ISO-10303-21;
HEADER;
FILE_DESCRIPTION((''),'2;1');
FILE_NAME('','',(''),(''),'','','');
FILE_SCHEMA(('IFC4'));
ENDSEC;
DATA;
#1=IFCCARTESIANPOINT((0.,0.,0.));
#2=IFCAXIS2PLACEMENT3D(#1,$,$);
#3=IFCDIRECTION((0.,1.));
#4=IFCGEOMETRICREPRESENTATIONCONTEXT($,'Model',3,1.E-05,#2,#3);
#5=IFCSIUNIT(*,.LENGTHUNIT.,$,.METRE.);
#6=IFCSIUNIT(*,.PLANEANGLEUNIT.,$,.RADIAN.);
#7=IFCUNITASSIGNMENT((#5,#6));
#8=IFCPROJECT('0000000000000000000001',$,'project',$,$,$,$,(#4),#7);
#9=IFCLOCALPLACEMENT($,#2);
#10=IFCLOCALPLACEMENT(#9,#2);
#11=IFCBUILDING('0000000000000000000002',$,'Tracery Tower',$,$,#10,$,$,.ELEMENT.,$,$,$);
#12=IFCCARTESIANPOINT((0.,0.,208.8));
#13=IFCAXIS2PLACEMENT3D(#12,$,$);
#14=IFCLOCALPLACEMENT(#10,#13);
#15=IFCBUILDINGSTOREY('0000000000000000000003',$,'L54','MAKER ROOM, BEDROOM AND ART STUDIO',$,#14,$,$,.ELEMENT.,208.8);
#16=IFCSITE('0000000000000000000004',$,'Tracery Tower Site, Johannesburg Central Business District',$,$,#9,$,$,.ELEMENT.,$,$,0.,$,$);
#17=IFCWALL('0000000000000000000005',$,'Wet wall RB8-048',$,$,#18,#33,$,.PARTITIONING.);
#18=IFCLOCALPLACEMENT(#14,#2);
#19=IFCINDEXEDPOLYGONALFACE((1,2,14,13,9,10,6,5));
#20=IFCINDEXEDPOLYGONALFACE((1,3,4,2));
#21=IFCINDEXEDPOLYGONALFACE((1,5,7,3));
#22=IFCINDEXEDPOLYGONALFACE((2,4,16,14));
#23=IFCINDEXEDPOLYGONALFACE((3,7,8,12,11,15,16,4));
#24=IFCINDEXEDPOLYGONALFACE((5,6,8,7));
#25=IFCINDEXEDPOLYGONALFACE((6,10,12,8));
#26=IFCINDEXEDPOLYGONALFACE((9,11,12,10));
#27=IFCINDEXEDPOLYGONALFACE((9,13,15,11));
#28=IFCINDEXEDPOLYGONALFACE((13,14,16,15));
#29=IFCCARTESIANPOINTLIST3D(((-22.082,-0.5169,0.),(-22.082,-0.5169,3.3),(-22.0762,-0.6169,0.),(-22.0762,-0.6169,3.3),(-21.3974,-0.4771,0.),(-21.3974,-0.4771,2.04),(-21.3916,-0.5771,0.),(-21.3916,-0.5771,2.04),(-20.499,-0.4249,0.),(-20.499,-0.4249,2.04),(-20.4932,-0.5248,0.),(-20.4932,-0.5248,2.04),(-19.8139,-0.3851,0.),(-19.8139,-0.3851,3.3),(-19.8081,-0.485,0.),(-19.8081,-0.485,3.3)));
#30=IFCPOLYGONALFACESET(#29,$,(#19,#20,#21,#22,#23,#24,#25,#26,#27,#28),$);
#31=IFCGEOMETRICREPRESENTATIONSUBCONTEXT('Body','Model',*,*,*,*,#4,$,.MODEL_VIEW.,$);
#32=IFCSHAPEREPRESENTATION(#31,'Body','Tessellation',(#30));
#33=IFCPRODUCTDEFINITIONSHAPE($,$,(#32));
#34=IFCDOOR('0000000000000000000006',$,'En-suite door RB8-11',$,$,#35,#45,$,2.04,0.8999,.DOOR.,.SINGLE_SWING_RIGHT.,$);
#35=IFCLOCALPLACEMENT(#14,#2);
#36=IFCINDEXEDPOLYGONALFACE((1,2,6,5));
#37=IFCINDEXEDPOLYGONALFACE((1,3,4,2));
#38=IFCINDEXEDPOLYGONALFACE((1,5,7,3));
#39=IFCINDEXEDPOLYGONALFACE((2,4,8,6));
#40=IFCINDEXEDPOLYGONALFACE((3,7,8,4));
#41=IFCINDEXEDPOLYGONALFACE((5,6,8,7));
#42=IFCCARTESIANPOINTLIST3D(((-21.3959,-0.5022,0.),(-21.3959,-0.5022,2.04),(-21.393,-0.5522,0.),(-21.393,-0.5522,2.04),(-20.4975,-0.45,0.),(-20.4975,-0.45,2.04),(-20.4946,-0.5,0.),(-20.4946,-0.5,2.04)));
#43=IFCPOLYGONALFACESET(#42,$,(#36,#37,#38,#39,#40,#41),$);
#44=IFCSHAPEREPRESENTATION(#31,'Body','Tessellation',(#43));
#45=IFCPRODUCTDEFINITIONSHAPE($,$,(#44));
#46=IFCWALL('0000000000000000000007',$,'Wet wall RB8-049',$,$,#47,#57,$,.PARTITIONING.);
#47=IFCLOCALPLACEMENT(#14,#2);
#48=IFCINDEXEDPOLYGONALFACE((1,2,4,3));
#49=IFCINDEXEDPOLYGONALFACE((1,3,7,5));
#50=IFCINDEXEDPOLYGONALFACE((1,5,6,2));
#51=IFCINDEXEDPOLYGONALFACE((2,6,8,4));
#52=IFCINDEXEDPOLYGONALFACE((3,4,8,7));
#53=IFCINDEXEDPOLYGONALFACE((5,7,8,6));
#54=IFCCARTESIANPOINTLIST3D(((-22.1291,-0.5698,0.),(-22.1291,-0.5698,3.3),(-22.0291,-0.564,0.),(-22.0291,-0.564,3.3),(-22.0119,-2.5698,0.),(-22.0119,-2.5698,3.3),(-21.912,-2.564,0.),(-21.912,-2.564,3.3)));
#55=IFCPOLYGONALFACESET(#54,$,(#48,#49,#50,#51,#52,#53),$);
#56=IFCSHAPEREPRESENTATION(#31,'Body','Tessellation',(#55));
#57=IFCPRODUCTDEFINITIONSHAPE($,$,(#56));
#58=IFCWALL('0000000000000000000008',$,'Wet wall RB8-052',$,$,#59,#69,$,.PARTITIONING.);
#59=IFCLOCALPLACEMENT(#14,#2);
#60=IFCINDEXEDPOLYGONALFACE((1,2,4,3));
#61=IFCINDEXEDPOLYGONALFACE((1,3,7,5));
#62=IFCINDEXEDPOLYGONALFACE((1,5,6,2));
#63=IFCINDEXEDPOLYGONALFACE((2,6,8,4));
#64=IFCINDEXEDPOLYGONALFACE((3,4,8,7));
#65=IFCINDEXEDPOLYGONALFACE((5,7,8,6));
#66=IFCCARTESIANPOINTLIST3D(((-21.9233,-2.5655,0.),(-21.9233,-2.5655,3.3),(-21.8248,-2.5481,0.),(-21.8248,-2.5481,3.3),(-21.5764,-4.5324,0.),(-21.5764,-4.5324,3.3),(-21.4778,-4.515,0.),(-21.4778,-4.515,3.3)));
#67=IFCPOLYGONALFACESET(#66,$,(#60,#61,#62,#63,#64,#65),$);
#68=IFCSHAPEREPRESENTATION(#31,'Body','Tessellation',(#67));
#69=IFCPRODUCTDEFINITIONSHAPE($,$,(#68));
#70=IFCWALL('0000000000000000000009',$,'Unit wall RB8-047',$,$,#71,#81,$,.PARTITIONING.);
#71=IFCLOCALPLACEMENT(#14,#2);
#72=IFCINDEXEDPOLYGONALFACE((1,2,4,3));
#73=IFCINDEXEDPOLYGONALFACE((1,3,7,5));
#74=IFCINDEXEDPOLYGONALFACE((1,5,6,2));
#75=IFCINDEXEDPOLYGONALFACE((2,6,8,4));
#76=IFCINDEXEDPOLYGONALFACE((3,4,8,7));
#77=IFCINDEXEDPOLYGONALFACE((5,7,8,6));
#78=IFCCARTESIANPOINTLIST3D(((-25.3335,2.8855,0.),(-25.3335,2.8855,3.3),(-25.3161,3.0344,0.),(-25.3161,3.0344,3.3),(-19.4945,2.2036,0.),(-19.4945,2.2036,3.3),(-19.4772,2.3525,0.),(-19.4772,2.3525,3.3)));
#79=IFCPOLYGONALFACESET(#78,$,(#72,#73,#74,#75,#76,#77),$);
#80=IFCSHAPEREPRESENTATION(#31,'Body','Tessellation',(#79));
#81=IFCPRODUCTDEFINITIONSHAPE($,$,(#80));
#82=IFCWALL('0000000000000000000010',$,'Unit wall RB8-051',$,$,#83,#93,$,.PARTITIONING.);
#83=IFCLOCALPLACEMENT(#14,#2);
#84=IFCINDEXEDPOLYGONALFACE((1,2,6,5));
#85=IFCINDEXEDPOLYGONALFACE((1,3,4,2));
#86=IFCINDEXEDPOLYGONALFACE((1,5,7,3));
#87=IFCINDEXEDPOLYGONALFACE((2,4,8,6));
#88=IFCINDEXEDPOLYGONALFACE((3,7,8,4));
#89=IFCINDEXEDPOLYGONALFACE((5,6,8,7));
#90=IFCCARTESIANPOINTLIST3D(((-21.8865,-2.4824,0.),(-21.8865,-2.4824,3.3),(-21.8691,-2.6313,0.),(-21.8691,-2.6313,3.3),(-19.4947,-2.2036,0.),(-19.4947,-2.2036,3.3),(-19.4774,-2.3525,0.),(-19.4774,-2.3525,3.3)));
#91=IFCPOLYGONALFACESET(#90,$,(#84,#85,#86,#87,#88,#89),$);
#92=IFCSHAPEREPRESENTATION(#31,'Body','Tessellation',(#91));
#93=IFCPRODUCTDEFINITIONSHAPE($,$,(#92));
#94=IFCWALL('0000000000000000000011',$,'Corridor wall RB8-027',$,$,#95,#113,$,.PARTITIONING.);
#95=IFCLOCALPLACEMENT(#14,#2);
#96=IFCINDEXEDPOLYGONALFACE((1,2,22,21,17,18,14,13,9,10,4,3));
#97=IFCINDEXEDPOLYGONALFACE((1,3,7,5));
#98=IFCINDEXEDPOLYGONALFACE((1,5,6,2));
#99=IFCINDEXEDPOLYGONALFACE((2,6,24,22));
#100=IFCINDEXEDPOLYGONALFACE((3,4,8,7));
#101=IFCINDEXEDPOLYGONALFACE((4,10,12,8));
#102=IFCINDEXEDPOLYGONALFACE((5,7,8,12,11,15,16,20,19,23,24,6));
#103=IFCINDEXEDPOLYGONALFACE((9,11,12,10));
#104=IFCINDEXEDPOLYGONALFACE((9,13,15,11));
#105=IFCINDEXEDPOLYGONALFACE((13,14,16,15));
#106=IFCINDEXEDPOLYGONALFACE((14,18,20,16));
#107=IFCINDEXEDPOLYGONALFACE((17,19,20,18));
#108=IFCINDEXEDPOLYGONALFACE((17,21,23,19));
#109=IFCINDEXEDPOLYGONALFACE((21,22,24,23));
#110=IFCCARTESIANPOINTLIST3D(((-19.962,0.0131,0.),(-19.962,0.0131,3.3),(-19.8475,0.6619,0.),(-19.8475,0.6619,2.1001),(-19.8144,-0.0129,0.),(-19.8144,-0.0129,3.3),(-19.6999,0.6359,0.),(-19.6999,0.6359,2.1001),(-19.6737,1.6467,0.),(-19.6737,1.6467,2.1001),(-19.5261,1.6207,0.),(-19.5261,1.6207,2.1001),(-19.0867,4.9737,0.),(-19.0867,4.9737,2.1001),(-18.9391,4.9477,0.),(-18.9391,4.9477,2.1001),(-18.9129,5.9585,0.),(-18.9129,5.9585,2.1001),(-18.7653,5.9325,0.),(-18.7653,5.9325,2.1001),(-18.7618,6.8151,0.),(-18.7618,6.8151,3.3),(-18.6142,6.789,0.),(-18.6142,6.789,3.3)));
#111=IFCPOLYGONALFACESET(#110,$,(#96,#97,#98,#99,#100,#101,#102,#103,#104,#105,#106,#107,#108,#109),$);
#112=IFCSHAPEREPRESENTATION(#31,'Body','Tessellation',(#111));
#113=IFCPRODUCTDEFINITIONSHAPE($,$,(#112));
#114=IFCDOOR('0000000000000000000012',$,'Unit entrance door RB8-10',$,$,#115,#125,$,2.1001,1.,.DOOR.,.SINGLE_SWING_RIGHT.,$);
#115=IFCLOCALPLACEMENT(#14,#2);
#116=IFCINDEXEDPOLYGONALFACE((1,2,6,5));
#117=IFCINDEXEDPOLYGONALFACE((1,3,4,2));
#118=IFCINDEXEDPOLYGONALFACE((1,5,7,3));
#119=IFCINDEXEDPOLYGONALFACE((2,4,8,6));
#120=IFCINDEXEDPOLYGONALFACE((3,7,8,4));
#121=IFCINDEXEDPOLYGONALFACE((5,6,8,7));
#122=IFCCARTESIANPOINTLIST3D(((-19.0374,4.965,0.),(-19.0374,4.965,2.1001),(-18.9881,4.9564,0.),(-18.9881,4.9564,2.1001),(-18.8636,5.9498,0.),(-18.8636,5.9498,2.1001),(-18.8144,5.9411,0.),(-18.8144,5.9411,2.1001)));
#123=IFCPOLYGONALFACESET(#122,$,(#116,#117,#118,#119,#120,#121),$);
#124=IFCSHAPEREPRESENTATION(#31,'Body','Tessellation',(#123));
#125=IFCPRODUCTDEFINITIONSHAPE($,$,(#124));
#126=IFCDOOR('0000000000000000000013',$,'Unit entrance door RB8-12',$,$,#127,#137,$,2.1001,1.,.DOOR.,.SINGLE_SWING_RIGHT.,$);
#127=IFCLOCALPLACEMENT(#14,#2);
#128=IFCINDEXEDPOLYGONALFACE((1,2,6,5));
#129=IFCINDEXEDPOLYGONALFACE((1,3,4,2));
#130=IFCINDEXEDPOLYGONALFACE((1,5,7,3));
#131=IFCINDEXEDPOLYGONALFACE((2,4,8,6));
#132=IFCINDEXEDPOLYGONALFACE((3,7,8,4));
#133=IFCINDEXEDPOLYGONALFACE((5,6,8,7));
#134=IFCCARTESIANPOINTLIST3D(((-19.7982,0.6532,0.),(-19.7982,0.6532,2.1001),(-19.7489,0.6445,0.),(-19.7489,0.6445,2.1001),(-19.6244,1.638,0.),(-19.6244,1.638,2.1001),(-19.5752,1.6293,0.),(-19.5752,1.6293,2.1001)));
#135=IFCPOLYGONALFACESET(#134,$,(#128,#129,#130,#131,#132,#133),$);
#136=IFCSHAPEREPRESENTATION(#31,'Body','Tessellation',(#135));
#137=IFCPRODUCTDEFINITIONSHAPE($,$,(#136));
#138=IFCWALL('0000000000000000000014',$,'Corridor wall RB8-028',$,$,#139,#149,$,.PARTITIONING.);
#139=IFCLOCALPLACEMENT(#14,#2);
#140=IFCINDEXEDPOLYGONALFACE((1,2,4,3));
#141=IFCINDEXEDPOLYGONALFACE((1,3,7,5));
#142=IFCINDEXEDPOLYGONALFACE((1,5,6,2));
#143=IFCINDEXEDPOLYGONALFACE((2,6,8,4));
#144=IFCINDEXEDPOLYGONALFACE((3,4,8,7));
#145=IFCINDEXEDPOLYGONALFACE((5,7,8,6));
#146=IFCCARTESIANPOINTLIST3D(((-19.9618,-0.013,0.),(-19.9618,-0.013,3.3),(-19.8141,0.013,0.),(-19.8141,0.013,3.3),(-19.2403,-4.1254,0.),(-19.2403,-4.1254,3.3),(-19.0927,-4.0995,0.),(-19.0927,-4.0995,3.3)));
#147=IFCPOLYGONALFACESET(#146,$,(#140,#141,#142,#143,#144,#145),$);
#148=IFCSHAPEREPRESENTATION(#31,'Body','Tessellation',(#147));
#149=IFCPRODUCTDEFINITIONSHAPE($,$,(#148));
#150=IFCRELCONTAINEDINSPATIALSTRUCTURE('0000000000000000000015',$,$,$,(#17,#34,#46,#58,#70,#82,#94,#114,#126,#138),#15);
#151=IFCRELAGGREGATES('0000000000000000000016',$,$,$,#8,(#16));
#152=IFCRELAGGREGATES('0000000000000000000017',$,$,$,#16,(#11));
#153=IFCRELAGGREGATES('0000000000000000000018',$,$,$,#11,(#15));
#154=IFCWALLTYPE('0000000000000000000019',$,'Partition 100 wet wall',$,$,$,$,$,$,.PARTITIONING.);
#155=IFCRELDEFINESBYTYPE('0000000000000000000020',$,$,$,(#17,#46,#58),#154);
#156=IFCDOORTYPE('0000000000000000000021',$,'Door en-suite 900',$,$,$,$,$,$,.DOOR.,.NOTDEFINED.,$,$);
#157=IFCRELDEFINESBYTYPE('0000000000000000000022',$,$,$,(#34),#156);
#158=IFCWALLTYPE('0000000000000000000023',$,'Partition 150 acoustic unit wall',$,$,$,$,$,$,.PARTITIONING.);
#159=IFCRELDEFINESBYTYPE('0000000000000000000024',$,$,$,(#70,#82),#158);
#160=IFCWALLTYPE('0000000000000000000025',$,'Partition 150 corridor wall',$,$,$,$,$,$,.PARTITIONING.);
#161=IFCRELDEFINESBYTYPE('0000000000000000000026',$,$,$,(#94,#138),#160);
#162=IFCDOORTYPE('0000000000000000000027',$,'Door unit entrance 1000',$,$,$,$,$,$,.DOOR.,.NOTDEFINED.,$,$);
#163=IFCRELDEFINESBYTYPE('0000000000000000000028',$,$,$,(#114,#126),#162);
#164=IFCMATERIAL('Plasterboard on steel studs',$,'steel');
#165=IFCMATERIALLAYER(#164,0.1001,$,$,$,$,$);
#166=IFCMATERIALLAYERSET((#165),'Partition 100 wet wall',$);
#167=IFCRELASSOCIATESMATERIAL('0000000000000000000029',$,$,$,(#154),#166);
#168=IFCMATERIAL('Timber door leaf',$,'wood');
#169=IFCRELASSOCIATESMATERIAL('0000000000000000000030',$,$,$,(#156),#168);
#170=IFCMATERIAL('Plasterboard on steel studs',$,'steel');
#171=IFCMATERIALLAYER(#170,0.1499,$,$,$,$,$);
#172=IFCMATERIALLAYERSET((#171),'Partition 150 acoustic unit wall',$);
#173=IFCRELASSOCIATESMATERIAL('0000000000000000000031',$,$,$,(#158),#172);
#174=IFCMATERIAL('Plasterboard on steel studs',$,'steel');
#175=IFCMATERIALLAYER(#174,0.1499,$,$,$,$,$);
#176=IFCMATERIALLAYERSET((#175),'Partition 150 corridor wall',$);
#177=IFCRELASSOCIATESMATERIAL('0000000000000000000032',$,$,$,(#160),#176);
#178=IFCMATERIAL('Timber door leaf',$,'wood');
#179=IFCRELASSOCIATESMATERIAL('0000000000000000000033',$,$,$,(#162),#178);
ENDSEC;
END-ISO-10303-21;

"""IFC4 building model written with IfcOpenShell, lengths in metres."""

from ifc_helpers import new_model, si_unit, direction, frame, frame_2d, origin, place, context, subcontext, project, spatial, rectangle, extrude, material, layer, layer_set, type_object, element, fill, save


model = new_model("IFC4")

# Units and contexts
model_context = context("Model", 3, precision=1e-05, world=origin(), true_north=direction((0.0, 1.0)))
body_context = subcontext(model_context, "Body", "Model", "MODEL_VIEW")
ifc_project = project(units=[si_unit("LENGTHUNIT", "METRE"), si_unit("PLANEANGLEUNIT", "RADIAN")], contexts=[model_context])

# Site, building, storey
site_placement = place(None, origin())
site = spatial("IfcSite", under=ifc_project, at=site_placement, Name="Tracery Tower Site, Johannesburg Central Business District", CompositionType="ELEMENT", RefElevation=0.0)
building_placement = place(site_placement, origin())
building = spatial("IfcBuilding", under=site, at=building_placement, Name="Tracery Tower", CompositionType="ELEMENT")
storey_placement = place(building_placement, frame((0.0, 0.0, 208.8)))
storey = spatial("IfcBuildingStorey", under=building, at=storey_placement, Name="L54", Description="MAKER ROOM, BEDROOM AND ART STUDIO", CompositionType="ELEMENT", Elevation=208.8)

# Shared definitions
ifc_material_1 = material(Name="Plasterboard on steel studs", Category="steel")
ifc_layer_1 = layer(ifc_material_1, 0.1001)
ifc_layer_set_1 = layer_set([ifc_layer_1], Name="Partition 100 wet wall")
wall_type_1 = type_object("IfcWallType", Name="Partition 100 wet wall", PredefinedType="PARTITIONING", material=ifc_layer_set_1)
ifc_material_2 = material(Name="Timber door leaf", Category="wood")
door_type_1 = type_object("IfcDoorType", Name="Door en-suite 900", OperationType="NOTDEFINED", PredefinedType="DOOR", material=ifc_material_2)

# Wall, opening, door
wall_1_placement = place(storey_placement, frame((-22.0791, -0.5669, 0.0), z_axis=(0.0, 0.0, 1.0), x_axis=(0.998315, 0.058029, 0.0)))
wall_1 = element("IfcWall", 1, at=wall_1_placement, inside=storey, type_object=wall_type_1, Name="Wet wall RB8-048", PredefinedType="PARTITIONING", context=body_context, shape_type="SweptSolid", body=[
    extrude(rectangle(XDim=2.272, YDim=0.1001, at=frame_2d((1.136, 0.0))), origin(), (0.0, 0.0, 1.0), 3.3),
])
opening_1_placement = place(wall_1_placement, frame((0.6858, 0.0, 0.0)))
opening_1 = element("IfcOpeningElement", 2, at=opening_1_placement, cuts=wall_1, PredefinedType="OPENING", context=body_context, shape_type="SweptSolid", body=[
    extrude(rectangle(XDim=0.8999, YDim=2.04, at=frame_2d((0.45, 1.02))), frame((0.0, 0.05, 0.0), z_axis=(0.0, -1.0, 0.0), x_axis=(1.0, 0.0, 0.0)), (0.0, 0.0, 1.0), 0.1001),
])
door_1_placement = place(opening_1_placement, origin())
door_1 = element("IfcDoor", 3, at=door_1_placement, inside=storey, type_object=door_type_1, Name="En-suite door RB8-11", OperationType="SINGLE_SWING_RIGHT", OverallHeight=2.04, OverallWidth=0.8999, PredefinedType="DOOR", context=body_context, shape_type="SweptSolid", body=[
    extrude(rectangle(XDim=0.8999, YDim=2.04, at=frame_2d((0.45, 1.02))), frame((0.0, 0.0249, 0.0), z_axis=(0.0, -1.0, 0.0), x_axis=(1.0, 0.0, 0.0)), (0.0, 0.0, 1.0), 0.05),
])
fill(opening_1, door_1)

# Walls
wall_2_placement = place(storey_placement, frame((-22.0791, -0.5669, 0.0), z_axis=(0.0, 0.0, 1.0), x_axis=(0.058493, -0.998288, 0.0)))
element("IfcWall", 4, at=wall_2_placement, inside=storey, type_object=wall_type_1, Name="Wet wall RB8-049", PredefinedType="PARTITIONING", context=body_context, shape_type="SweptSolid", body=[
    extrude(rectangle(XDim=2.0034, YDim=0.1001, at=frame_2d((1.0017, 0.0))), origin(), (0.0, 0.0, 1.0), 3.3),
])
wall_3_placement = place(storey_placement, frame((-21.874, -2.5569, 0.0), z_axis=(0.0, 0.0, 1.0), x_axis=(0.173688, -0.984801, 0.0)))
element("IfcWall", 5, at=wall_3_placement, inside=storey, type_object=wall_type_1, Name="Wet wall RB8-052", PredefinedType="PARTITIONING", context=body_context, shape_type="SweptSolid", body=[
    extrude(rectangle(XDim=1.9973, YDim=0.1001, at=frame_2d((0.9985, 0.0))), origin(), (0.0, 0.0, 1.0), 3.3),
])
ifc_material_3 = material(Name="Plasterboard on steel studs", Category="steel")
ifc_layer_2 = layer(ifc_material_3, 0.1499)
ifc_layer_set_2 = layer_set([ifc_layer_2], Name="Partition 150 acoustic unit wall")
wall_type_2 = type_object("IfcWallType", Name="Partition 150 acoustic unit wall", PredefinedType="PARTITIONING", material=ifc_layer_set_2)
wall_4_placement = place(storey_placement, frame((-25.325, 2.96, 0.0), z_axis=(0.0, 0.0, 1.0), x_axis=(0.99325, -0.115995, 0.0)))
element("IfcWall", 6, at=wall_4_placement, inside=storey, type_object=wall_type_2, Name="Unit wall RB8-047", PredefinedType="PARTITIONING", context=body_context, shape_type="SweptSolid", body=[
    extrude(rectangle(XDim=5.8787, YDim=0.1499, at=frame_2d((2.9395, 0.0))), origin(), (0.0, 0.0, 1.0), 3.3),
])
wall_5_placement = place(storey_placement, frame((-21.8779, -2.5569, 0.0), z_axis=(0.0, 0.0, 1.0), x_axis=(0.993275, 0.115782, 0.0)))
element("IfcWall", 7, at=wall_5_placement, inside=storey, type_object=wall_type_2, Name="Unit wall RB8-051", PredefinedType="PARTITIONING", context=body_context, shape_type="SweptSolid", body=[
    extrude(rectangle(XDim=2.408, YDim=0.1499, at=frame_2d((1.2041, 0.0))), origin(), (0.0, 0.0, 1.0), 3.3),
])

# Wall, openings, doors
ifc_material_4 = material(Name="Plasterboard on steel studs", Category="steel")
ifc_layer_3 = layer(ifc_material_4, 0.1499)
ifc_layer_set_3 = layer_set([ifc_layer_3], Name="Partition 150 corridor wall")
wall_type_3 = type_object("IfcWallType", Name="Partition 150 corridor wall", PredefinedType="PARTITIONING", material=ifc_layer_set_3)
wall_6_placement = place(storey_placement, frame((-19.8882, 0.0, 0.0), z_axis=(0.0, 0.0, 1.0), x_axis=(0.173763, 0.984787, 0.0)))
wall_6 = element("IfcWall", 8, at=wall_6_placement, inside=storey, type_object=wall_type_3, Name="Corridor wall RB8-027", PredefinedType="PARTITIONING", context=body_context, shape_type="SweptSolid", body=[
    extrude(rectangle(XDim=6.907, YDim=0.1499, at=frame_2d((3.4536, 0.0))), origin(), (0.0, 0.0, 1.0), 3.3),
])
opening_2_placement = place(wall_6_placement, frame((5.0374, 0.0, 0.0)))
opening_2 = element("IfcOpeningElement", 9, at=opening_2_placement, cuts=wall_6, PredefinedType="OPENING", context=body_context, shape_type="SweptSolid", body=[
    extrude(rectangle(XDim=1.0, YDim=2.1001, at=frame_2d((0.5, 1.05))), frame((0.0, 0.075, 0.0), z_axis=(0.0, -1.0, 0.0), x_axis=(1.0, 0.0, 0.0)), (0.0, 0.0, 1.0), 0.1499),
])
opening_3_placement = place(wall_6_placement, frame((0.6589, 0.0, 0.0)))
opening_3 = element("IfcOpeningElement", 10, at=opening_3_placement, cuts=wall_6, PredefinedType="OPENING", context=body_context, shape_type="SweptSolid", body=[
    extrude(rectangle(XDim=1.0, YDim=2.1001, at=frame_2d((0.5, 1.05))), frame((0.0, 0.075, 0.0), z_axis=(0.0, -1.0, 0.0), x_axis=(1.0, 0.0, 0.0)), (0.0, 0.0, 1.0), 0.1499),
])
ifc_material_5 = material(Name="Timber door leaf", Category="wood")
door_type_2 = type_object("IfcDoorType", Name="Door unit entrance 1000", OperationType="NOTDEFINED", PredefinedType="DOOR", material=ifc_material_5)
door_2_placement = place(opening_2_placement, origin())
door_2 = element("IfcDoor", 11, at=door_2_placement, inside=storey, type_object=door_type_2, Name="Unit entrance door RB8-10", OperationType="SINGLE_SWING_RIGHT", OverallHeight=2.1001, OverallWidth=1.0, PredefinedType="DOOR", context=body_context, shape_type="SweptSolid", body=[
    extrude(rectangle(XDim=1.0, YDim=2.1001, at=frame_2d((0.5, 1.05))), frame((0.0, 0.0249, 0.0), z_axis=(0.0, -1.0, 0.0), x_axis=(1.0, 0.0, 0.0)), (0.0, 0.0, 1.0), 0.05),
])
fill(opening_2, door_2)
door_3_placement = place(opening_3_placement, origin())
door_3 = element("IfcDoor", 12, at=door_3_placement, inside=storey, type_object=door_type_2, Name="Unit entrance door RB8-12", OperationType="SINGLE_SWING_RIGHT", OverallHeight=2.1001, OverallWidth=1.0, PredefinedType="DOOR", context=body_context, shape_type="SweptSolid", body=[
    extrude(rectangle(XDim=1.0, YDim=2.1001, at=frame_2d((0.5, 1.05))), frame((0.0, 0.0249, 0.0), z_axis=(0.0, -1.0, 0.0), x_axis=(1.0, 0.0, 0.0)), (0.0, 0.0, 1.0), 0.05),
])
fill(opening_3, door_3)

# Wall
wall_7_placement = place(storey_placement, frame((-19.8879, 0.0, 0.0), z_axis=(0.0, 0.0, 1.0), x_axis=(0.172785, -0.98496, 0.0)))
element("IfcWall", 13, at=wall_7_placement, inside=storey, type_object=wall_type_3, Name="Corridor wall RB8-028", PredefinedType="PARTITIONING", context=body_context, shape_type="SweptSolid", body=[
    extrude(rectangle(XDim=4.1753, YDim=0.1499, at=frame_2d((2.0876, 0.0))), origin(), (0.0, 0.0, 1.0), 3.3),
])

save(model, "model.ifc")
